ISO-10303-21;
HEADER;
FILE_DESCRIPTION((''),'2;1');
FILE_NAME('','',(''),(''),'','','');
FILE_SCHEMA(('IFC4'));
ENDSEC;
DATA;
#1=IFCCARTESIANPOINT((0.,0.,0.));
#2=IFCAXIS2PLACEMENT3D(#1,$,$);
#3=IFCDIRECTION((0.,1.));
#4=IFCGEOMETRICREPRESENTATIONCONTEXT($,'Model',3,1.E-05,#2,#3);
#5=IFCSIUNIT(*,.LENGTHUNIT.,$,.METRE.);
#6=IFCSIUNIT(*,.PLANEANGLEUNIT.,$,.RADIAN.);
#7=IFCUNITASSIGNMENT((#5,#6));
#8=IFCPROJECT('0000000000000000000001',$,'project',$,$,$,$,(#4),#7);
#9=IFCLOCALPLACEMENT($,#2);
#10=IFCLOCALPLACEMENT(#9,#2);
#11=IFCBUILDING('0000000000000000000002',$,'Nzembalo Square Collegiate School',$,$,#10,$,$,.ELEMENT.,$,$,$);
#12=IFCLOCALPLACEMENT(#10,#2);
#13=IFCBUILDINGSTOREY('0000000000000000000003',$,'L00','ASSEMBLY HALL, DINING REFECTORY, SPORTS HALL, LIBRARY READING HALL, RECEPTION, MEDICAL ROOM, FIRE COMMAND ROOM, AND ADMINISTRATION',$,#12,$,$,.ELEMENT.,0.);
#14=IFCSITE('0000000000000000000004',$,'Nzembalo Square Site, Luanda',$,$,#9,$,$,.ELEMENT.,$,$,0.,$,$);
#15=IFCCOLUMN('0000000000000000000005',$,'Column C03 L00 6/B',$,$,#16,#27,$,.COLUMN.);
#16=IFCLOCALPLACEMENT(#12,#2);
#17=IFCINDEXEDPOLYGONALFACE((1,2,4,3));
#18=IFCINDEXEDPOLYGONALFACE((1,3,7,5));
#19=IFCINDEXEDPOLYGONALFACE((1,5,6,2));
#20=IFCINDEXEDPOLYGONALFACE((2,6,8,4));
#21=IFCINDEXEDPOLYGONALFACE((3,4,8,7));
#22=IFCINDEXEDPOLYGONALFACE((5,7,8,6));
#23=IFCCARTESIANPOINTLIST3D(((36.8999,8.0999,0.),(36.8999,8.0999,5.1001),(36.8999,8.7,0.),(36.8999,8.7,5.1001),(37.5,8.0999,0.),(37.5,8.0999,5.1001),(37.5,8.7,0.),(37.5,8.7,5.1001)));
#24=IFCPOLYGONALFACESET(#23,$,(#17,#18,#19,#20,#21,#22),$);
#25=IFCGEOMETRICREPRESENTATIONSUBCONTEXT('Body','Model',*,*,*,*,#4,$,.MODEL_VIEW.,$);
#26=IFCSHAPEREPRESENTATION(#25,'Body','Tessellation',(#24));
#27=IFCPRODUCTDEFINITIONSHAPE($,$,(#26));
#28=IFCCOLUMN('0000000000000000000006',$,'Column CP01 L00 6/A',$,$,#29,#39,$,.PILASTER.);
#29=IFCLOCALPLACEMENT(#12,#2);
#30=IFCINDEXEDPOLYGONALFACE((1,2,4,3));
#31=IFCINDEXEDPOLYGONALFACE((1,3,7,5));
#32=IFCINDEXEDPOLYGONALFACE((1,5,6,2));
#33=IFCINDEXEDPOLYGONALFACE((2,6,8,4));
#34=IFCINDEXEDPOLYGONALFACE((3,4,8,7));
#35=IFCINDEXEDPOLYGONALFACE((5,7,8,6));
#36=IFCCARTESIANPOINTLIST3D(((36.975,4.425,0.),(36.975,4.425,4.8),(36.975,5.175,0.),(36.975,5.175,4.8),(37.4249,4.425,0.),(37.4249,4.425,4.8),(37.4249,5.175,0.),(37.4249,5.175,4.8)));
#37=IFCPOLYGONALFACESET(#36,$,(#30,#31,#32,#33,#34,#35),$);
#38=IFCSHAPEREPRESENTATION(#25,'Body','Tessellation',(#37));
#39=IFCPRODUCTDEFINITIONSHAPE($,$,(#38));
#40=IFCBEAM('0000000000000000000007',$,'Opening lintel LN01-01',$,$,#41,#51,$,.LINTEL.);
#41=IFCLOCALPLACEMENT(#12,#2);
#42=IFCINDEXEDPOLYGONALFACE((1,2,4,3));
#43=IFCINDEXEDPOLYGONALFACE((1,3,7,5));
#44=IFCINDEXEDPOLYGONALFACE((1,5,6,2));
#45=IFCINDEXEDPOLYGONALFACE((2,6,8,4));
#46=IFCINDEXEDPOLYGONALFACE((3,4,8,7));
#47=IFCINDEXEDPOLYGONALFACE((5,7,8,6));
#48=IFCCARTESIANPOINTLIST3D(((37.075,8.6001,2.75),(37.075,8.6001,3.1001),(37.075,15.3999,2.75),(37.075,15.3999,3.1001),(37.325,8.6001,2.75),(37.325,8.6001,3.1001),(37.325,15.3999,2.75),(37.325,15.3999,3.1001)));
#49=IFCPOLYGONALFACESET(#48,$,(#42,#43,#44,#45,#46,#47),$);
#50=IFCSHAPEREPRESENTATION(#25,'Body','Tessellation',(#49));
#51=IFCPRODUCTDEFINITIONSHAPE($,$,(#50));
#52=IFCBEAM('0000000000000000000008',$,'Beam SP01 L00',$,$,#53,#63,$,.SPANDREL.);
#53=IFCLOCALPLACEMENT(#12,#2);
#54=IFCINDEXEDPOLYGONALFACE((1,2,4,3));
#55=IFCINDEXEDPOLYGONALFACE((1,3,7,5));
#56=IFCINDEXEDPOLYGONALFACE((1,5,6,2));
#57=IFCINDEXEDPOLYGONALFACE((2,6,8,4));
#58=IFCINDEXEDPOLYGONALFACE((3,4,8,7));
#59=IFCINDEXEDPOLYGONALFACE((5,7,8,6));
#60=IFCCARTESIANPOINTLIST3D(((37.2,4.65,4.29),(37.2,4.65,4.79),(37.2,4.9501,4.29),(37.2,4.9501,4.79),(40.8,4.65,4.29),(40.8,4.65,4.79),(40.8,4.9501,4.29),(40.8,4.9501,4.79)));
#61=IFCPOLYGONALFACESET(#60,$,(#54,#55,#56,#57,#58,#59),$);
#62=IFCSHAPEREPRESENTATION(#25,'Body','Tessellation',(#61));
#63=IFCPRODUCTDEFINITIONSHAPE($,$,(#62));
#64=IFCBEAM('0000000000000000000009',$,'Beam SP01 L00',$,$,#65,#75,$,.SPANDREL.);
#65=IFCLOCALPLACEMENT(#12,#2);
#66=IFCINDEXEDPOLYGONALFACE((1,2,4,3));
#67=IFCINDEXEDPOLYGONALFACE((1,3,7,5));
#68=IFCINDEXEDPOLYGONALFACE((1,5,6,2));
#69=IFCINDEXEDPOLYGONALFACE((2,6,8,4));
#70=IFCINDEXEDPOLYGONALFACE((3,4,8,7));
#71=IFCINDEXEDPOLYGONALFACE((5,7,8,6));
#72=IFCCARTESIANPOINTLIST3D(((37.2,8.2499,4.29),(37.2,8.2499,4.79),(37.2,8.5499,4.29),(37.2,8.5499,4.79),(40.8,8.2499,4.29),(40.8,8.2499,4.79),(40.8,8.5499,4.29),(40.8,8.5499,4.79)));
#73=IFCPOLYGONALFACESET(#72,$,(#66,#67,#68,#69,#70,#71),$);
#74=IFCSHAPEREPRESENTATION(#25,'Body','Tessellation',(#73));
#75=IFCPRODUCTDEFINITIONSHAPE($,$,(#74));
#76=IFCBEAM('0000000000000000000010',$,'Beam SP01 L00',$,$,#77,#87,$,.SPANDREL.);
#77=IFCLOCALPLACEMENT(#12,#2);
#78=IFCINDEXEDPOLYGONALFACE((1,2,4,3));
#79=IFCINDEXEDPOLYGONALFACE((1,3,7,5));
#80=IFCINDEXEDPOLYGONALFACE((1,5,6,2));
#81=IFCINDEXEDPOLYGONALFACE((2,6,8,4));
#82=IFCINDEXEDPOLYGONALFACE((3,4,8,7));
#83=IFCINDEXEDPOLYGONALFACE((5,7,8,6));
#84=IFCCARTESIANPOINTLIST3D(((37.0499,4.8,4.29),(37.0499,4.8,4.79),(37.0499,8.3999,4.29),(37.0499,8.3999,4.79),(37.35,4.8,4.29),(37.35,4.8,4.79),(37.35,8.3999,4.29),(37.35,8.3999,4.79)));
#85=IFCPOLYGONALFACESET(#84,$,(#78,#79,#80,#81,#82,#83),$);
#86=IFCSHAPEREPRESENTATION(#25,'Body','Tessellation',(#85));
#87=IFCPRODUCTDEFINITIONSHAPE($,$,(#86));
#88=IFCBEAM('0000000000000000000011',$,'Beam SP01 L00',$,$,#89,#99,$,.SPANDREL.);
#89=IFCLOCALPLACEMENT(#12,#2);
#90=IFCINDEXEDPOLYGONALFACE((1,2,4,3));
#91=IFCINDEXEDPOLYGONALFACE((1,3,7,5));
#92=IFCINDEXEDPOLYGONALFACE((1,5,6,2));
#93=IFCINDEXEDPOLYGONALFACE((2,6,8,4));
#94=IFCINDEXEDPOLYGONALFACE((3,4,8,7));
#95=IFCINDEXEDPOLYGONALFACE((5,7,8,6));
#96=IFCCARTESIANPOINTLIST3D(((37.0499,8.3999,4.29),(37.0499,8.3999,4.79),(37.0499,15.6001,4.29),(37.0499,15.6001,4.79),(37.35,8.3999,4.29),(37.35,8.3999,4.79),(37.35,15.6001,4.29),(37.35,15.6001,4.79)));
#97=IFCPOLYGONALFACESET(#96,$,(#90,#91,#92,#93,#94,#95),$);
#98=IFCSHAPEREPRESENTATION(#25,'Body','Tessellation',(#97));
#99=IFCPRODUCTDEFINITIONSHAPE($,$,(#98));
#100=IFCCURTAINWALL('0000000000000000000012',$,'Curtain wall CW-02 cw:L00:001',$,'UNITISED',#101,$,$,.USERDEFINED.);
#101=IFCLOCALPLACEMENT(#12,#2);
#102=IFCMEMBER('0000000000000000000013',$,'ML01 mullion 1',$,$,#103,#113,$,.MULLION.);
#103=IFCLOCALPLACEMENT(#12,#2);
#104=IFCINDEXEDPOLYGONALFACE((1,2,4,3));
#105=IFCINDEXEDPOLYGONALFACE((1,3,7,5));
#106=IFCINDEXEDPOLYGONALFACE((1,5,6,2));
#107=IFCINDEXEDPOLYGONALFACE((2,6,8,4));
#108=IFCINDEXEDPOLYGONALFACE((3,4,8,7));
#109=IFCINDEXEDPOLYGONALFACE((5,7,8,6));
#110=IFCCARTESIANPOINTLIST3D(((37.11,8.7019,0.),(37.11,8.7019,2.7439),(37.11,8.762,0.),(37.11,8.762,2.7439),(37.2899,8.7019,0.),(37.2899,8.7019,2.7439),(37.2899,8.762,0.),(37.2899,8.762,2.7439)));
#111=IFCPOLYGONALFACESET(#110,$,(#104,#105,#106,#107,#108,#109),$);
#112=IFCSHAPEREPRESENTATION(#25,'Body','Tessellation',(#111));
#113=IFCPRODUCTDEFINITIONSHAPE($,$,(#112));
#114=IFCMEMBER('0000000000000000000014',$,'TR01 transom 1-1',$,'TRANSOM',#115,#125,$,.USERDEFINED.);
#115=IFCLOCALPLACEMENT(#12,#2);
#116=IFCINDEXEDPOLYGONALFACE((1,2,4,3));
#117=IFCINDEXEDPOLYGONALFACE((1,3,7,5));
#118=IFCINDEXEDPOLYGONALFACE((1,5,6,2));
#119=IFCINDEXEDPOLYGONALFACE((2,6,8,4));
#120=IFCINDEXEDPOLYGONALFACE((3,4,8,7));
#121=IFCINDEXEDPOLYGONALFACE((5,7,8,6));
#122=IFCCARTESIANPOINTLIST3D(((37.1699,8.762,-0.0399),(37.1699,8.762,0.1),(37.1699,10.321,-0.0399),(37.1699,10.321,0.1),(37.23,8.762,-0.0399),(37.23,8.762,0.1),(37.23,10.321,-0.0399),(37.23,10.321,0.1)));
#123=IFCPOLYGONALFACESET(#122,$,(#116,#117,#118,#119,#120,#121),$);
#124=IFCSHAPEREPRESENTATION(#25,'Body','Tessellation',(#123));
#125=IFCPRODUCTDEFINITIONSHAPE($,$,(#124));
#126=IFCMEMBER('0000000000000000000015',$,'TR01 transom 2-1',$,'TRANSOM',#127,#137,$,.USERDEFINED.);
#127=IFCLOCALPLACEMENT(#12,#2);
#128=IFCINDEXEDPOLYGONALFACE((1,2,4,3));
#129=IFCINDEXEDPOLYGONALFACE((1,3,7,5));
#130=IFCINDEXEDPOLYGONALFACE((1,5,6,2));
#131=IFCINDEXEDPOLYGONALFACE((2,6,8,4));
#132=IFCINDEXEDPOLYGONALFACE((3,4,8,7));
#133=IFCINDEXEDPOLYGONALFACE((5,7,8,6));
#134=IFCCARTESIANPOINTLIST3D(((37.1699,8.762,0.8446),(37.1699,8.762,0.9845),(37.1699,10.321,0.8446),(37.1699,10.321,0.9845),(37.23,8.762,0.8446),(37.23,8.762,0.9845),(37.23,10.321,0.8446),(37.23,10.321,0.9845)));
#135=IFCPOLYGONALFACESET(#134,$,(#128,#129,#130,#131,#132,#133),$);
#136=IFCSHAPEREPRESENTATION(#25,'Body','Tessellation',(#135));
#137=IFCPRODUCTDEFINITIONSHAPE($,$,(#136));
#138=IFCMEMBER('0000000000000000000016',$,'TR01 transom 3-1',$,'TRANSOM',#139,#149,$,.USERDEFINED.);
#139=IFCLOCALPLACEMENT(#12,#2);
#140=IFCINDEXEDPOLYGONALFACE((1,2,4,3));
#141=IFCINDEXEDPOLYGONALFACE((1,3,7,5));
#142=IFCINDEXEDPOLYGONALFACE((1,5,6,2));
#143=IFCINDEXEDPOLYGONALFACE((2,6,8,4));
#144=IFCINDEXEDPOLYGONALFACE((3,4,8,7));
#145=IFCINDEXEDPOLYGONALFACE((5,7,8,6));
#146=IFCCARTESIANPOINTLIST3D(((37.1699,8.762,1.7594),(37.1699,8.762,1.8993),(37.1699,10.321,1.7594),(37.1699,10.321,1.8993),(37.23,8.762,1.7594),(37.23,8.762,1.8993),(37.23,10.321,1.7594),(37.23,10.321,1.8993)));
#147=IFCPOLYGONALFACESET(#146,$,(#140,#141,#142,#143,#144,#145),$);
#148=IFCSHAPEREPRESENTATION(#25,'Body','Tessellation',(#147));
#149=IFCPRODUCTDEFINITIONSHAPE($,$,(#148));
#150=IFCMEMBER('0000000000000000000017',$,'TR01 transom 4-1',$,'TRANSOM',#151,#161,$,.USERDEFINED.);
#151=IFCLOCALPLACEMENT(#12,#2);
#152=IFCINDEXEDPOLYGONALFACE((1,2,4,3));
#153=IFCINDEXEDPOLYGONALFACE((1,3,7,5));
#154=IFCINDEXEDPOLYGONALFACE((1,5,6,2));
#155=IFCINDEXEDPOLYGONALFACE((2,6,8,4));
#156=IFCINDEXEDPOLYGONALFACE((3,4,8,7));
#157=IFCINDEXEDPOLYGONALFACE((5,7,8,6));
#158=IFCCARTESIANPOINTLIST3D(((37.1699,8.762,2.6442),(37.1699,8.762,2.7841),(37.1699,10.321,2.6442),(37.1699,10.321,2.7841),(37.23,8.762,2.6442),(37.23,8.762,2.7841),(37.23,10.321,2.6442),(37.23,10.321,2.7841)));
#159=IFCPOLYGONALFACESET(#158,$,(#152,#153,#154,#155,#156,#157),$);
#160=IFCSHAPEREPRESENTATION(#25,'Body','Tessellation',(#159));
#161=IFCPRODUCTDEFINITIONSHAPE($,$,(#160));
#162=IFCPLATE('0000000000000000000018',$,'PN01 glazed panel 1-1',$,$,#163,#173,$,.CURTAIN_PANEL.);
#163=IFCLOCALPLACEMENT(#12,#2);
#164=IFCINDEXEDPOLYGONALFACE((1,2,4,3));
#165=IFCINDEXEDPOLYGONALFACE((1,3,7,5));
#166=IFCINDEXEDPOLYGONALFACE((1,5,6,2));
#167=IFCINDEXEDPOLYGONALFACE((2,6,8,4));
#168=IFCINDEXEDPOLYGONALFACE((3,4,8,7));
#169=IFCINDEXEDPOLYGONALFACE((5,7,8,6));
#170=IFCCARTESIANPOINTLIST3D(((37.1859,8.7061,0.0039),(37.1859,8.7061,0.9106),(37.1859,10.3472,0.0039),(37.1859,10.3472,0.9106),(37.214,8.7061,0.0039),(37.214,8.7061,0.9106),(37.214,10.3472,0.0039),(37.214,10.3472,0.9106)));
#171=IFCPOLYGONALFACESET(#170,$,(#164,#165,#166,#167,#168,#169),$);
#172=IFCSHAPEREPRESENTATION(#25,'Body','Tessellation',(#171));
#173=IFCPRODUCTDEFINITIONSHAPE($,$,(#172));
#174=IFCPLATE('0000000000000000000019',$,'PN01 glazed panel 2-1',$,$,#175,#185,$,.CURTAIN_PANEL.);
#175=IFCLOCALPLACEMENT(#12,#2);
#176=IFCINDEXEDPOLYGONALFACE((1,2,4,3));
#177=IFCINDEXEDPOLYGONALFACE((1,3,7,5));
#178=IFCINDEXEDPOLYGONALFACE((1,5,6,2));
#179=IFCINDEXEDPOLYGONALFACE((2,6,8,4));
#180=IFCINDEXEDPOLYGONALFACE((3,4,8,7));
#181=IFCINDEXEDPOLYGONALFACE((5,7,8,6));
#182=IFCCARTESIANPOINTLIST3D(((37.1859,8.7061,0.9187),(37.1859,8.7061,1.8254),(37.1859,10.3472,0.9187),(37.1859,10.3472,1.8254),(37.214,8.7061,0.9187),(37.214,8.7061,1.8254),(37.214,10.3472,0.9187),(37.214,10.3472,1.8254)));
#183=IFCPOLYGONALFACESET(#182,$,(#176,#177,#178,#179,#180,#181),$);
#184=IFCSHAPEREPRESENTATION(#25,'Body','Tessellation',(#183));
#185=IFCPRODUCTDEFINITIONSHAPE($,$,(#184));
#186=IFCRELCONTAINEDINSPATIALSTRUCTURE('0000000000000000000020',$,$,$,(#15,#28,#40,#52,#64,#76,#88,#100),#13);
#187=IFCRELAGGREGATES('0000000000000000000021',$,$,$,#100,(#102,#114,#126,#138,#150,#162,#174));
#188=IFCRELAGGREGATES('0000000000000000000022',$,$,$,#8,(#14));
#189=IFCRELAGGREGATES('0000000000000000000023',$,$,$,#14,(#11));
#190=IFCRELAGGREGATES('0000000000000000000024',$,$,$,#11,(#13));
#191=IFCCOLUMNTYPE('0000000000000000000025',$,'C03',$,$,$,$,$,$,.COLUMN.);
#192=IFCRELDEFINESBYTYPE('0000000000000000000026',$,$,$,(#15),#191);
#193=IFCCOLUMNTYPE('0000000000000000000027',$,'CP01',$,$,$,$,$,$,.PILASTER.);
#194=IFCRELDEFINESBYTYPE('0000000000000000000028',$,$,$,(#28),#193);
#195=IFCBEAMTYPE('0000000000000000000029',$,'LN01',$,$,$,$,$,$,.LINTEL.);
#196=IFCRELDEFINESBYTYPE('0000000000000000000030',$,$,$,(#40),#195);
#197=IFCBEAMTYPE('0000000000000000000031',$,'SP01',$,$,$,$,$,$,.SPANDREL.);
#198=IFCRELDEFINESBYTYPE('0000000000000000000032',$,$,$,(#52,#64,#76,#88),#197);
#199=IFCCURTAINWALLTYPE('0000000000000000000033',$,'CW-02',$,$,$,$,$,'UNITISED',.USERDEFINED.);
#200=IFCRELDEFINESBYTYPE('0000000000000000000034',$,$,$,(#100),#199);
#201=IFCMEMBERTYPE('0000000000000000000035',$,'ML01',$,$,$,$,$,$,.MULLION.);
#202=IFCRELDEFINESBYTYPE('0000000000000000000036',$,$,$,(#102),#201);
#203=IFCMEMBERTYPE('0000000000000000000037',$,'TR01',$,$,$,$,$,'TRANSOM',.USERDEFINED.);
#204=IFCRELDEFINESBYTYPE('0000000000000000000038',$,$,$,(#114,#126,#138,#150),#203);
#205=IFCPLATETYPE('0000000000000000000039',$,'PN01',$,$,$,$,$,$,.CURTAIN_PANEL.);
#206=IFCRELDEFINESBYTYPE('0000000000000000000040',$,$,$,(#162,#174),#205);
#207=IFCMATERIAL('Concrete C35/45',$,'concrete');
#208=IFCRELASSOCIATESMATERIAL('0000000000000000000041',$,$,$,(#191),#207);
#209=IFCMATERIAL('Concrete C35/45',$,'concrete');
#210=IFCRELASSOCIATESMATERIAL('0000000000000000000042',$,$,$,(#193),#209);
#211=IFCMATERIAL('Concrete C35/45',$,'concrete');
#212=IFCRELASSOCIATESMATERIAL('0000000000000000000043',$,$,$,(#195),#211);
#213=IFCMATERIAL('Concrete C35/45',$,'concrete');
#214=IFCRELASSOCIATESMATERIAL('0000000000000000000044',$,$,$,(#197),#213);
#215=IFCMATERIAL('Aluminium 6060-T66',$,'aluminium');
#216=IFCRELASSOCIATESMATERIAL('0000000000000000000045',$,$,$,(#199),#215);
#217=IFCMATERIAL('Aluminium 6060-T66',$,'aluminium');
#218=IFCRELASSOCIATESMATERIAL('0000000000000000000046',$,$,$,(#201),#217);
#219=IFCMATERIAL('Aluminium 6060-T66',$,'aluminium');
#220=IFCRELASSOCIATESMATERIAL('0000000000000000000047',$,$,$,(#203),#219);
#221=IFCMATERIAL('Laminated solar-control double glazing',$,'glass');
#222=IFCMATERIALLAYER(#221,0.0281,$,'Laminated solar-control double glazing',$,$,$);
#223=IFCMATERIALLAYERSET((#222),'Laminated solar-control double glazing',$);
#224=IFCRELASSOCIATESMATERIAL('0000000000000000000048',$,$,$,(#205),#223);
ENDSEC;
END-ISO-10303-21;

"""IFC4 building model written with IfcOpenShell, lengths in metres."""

from ifc_helpers import new_model, si_unit, direction, frame, origin, origin_2d, place, context, subcontext, project, spatial, rectangle, extrude, material, layer, layer_set, material_profile, profile_set, type_object, element, aggregate, save


model = new_model("IFC4")

# Units and contexts
model_context = context("Model", 3, precision=1e-05, world=origin(), true_north=direction((0.0, 1.0)))
body_context = subcontext(model_context, "Body", "Model", "MODEL_VIEW")
ifc_project = project(units=[si_unit("LENGTHUNIT", "METRE"), si_unit("PLANEANGLEUNIT", "RADIAN")], contexts=[model_context])

# Site, building, storey
site_placement = place(None, origin())
site = spatial("IfcSite", under=ifc_project, at=site_placement, Name="Nzembalo Square Site, Luanda", CompositionType="ELEMENT", RefElevation=0.0)
building_placement = place(site_placement, origin())
building = spatial("IfcBuilding", under=site, at=building_placement, Name="Nzembalo Square Collegiate School", CompositionType="ELEMENT")
storey_placement = place(building_placement, origin())
storey = spatial("IfcBuildingStorey", under=building, at=storey_placement, Name="L00", Description="ASSEMBLY HALL, DINING REFECTORY, SPORTS HALL, LIBRARY READING HALL, RECEPTION, MEDICAL ROOM, FIRE COMMAND ROOM, AND ADMINISTRATION", CompositionType="ELEMENT", Elevation=0.0)

# Columns
ifc_material_1 = material(Name="Concrete C35/45", Category="concrete")
ifc_material_profile_1 = material_profile(ifc_material_1, rectangle(XDim=0.6001, YDim=0.6001, at=origin_2d()), Name="RC 600x600")
ifc_profile_set_1 = profile_set([ifc_material_profile_1], Name="Concrete C35/45")
column_type_1 = type_object("IfcColumnType", Name="C03", PredefinedType="COLUMN", material=ifc_profile_set_1)
column_1_placement = place(storey_placement, frame((37.2, 8.3999, 0.0), z_axis=(0.0, 0.0, 1.0), x_axis=(1.0, 0.0, 0.0)))
element("IfcColumn", 1, at=column_1_placement, inside=storey, type_object=column_type_1, Name="Column C03 L00 6/B", PredefinedType="COLUMN", context=body_context, shape_type="SweptSolid", body=[
    extrude(rectangle(XDim=0.6001, YDim=0.6001, at=origin_2d()), origin(), (0.0, 0.0, 1.0), 5.1001),
])
ifc_material_2 = material(Name="Concrete C35/45", Category="concrete")
ifc_material_profile_2 = material_profile(ifc_material_2, rectangle(XDim=0.45, YDim=0.75, at=origin_2d()), Name="RC 450x750")
ifc_profile_set_2 = profile_set([ifc_material_profile_2], Name="Concrete C35/45")
column_type_2 = type_object("IfcColumnType", Name="CP01", PredefinedType="PILASTER", material=ifc_profile_set_2)
column_2_placement = place(storey_placement, frame((37.2, 4.8, 0.0), z_axis=(0.0, 0.0, 1.0), x_axis=(1.0, 0.0, 0.0)))
element("IfcColumn", 2, at=column_2_placement, inside=storey, type_object=column_type_2, Name="Column CP01 L00 6/A", PredefinedType="PILASTER", context=body_context, shape_type="SweptSolid", body=[
    extrude(rectangle(XDim=0.45, YDim=0.75, at=origin_2d()), origin(), (0.0, 0.0, 1.0), 4.8),
])

# Beams
ifc_material_3 = material(Name="Concrete C35/45", Category="concrete")
ifc_material_profile_3 = material_profile(ifc_material_3, rectangle(XDim=0.25, YDim=0.3501, at=origin_2d()), Name="RC 250x350")
ifc_profile_set_3 = profile_set([ifc_material_profile_3], Name="Concrete C35/45")
beam_type_1 = type_object("IfcBeamType", Name="LN01", PredefinedType="LINTEL", material=ifc_profile_set_3)
beam_1_placement = place(storey_placement, frame((37.2, 8.6001, 2.925), z_axis=(0.0, 1.0, 0.0), x_axis=(-1.0, 0.0, 0.0)))
element("IfcBeam", 3, at=beam_1_placement, inside=storey, type_object=beam_type_1, Name="Opening lintel LN01-01", PredefinedType="LINTEL", context=body_context, shape_type="SweptSolid", body=[
    extrude(rectangle(XDim=0.25, YDim=0.3501, at=origin_2d()), origin(), (0.0, 0.0, 1.0), 6.7998),
])
ifc_material_4 = material(Name="Concrete C35/45", Category="concrete")
ifc_material_profile_4 = material_profile(ifc_material_4, rectangle(XDim=0.3, YDim=0.5, at=origin_2d()), Name="RC 300x500")
ifc_profile_set_4 = profile_set([ifc_material_profile_4], Name="Concrete C35/45")
beam_type_2 = type_object("IfcBeamType", Name="SP01", PredefinedType="SPANDREL", material=ifc_profile_set_4)
for number, where, z_axis, x_axis, name in (
    (4, (37.2, 4.8, 4.54), (1.0, 0.0, 0.0), (0.0, 1.0, 0.0), "Beam SP01 L00"),
    (5, (37.2, 8.3999, 4.54), (1.0, 0.0, 0.0), (0.0, 1.0, 0.0), "Beam SP01 L00"),
):
    element("IfcBeam", number, at=place(storey_placement, frame(where, z_axis=z_axis, x_axis=x_axis)), inside=storey, type_object=beam_type_2, Name=name, PredefinedType="SPANDREL", context=body_context, shape_type="SweptSolid", body=[
        extrude(rectangle(XDim=0.3, YDim=0.5, at=origin_2d()), origin(), (0.0, 0.0, 1.0), 3.6001),
    ])
beam_2_placement = place(storey_placement, frame((37.2, 4.8, 4.54), z_axis=(0.0, 1.0, 0.0), x_axis=(-1.0, 0.0, 0.0)))
element("IfcBeam", 6, at=beam_2_placement, inside=storey, type_object=beam_type_2, Name="Beam SP01 L00", PredefinedType="SPANDREL", context=body_context, shape_type="SweptSolid", body=[
    extrude(rectangle(XDim=0.3, YDim=0.5, at=origin_2d()), origin(), (0.0, 0.0, 1.0), 3.5999),
])
beam_3_placement = place(storey_placement, frame((37.2, 8.3999, 4.54), z_axis=(0.0, 1.0, 0.0), x_axis=(-1.0, 0.0, 0.0)))
element("IfcBeam", 7, at=beam_3_placement, inside=storey, type_object=beam_type_2, Name="Beam SP01 L00", PredefinedType="SPANDREL", context=body_context, shape_type="SweptSolid", body=[
    extrude(rectangle(XDim=0.3, YDim=0.5, at=origin_2d()), origin(), (0.0, 0.0, 1.0), 7.2002),
])

# Curtain wall, members, plates
ifc_material_5 = material(Name="Aluminium 6060-T66", Category="aluminium")
curtain_wall_type = type_object("IfcCurtainWallType", Name="CW-02", ElementType="UNITISED", PredefinedType="USERDEFINED", material=ifc_material_5)
curtain_wall_placement = place(storey_placement, origin())
curtain_wall = element("IfcCurtainWall", 8, at=curtain_wall_placement, inside=storey, type_object=curtain_wall_type, Name="Curtain wall CW-02 cw:L00:001", ObjectType="UNITISED", PredefinedType="USERDEFINED")
ifc_material_6 = material(Name="Aluminium 6060-T66", Category="aluminium")
ifc_material_profile_5 = material_profile(ifc_material_6, rectangle(XDim=0.0601, YDim=0.1799, at=origin_2d()), Name="ALU M60x180")
ifc_profile_set_5 = profile_set([ifc_material_profile_5], Name="Aluminium 6060-T66")
member_type_1 = type_object("IfcMemberType", Name="ML01", PredefinedType="MULLION", material=ifc_profile_set_5)
member_1_placement = place(storey_placement, frame((37.2, 8.7319, 0.0), z_axis=(0.0, 0.0, 1.0), x_axis=(0.0, 1.0, 0.0)))
member_1 = element("IfcMember", 9, at=member_1_placement, type_object=member_type_1, Name="ML01 mullion 1", PredefinedType="MULLION", context=body_context, shape_type="SweptSolid", body=[
    extrude(rectangle(XDim=0.0601, YDim=0.1799, at=origin_2d()), origin(), (0.0, 0.0, 1.0), 2.7439),
])
ifc_material_7 = material(Name="Aluminium 6060-T66", Category="aluminium")
ifc_material_profile_6 = material_profile(ifc_material_7, rectangle(XDim=0.0601, YDim=0.1399, at=origin_2d()), Name="ALU T60x140")
ifc_profile_set_6 = profile_set([ifc_material_profile_6], Name="Aluminium 6060-T66")
member_type_2 = type_object("IfcMemberType", Name="TR01", ElementType="TRANSOM", PredefinedType="USERDEFINED", material=ifc_profile_set_6)
member_2_placement = place(storey_placement, frame((37.2, 8.762, 0.03), z_axis=(0.0, 1.0, 0.0), x_axis=(-1.0, 0.0, 0.0)))
member_2 = element("IfcMember", 10, at=member_2_placement, type_object=member_type_2, Name="TR01 transom 1-1", ObjectType="TRANSOM", PredefinedType="USERDEFINED", context=body_context, shape_type="SweptSolid", body=[
    extrude(rectangle(XDim=0.0601, YDim=0.1399, at=origin_2d()), origin(), (0.0, 0.0, 1.0), 1.5591),
])
member_3_placement = place(storey_placement, frame((37.2, 8.762, 0.9146), z_axis=(0.0, 1.0, 0.0), x_axis=(-1.0, 0.0, 0.0)))
member_3 = element("IfcMember", 11, at=member_3_placement, type_object=member_type_2, Name="TR01 transom 2-1", ObjectType="TRANSOM", PredefinedType="USERDEFINED", context=body_context, shape_type="SweptSolid", body=[
    extrude(rectangle(XDim=0.0601, YDim=0.1399, at=origin_2d()), origin(), (0.0, 0.0, 1.0), 1.5591),
])
member_4_placement = place(storey_placement, frame((37.2, 8.762, 1.8293), z_axis=(0.0, 1.0, 0.0), x_axis=(-1.0, 0.0, 0.0)))
member_4 = element("IfcMember", 12, at=member_4_placement, type_object=member_type_2, Name="TR01 transom 3-1", ObjectType="TRANSOM", PredefinedType="USERDEFINED", context=body_context, shape_type="SweptSolid", body=[
    extrude(rectangle(XDim=0.0601, YDim=0.1399, at=origin_2d()), origin(), (0.0, 0.0, 1.0), 1.5591),
])
member_5_placement = place(storey_placement, frame((37.2, 8.762, 2.7141), z_axis=(0.0, 1.0, 0.0), x_axis=(-1.0, 0.0, 0.0)))
member_5 = element("IfcMember", 13, at=member_5_placement, type_object=member_type_2, Name="TR01 transom 4-1", ObjectType="TRANSOM", PredefinedType="USERDEFINED", context=body_context, shape_type="SweptSolid", body=[
    extrude(rectangle(XDim=0.0601, YDim=0.1399, at=origin_2d()), origin(), (0.0, 0.0, 1.0), 1.5591),
])
ifc_material_8 = material(Name="Laminated solar-control double glazing", Category="glass")
ifc_layer_1 = layer(ifc_material_8, 0.0281, Name="Laminated solar-control double glazing")
ifc_layer_set_1 = layer_set([ifc_layer_1], Name="Laminated solar-control double glazing")
plate_type = type_object("IfcPlateType", Name="PN01", PredefinedType="CURTAIN_PANEL", material=ifc_layer_set_1)
plate_1_placement = place(storey_placement, frame((37.2, 9.5266, 0.0039), z_axis=(0.0, 0.0, 1.0), x_axis=(0.0, 1.0, 0.0)))
plate_1 = element("IfcPlate", 14, at=plate_1_placement, type_object=plate_type, Name="PN01 glazed panel 1-1", PredefinedType="CURTAIN_PANEL", context=body_context, shape_type="SweptSolid", body=[
    extrude(rectangle(XDim=1.6411, YDim=0.0281, at=origin_2d()), origin(), (0.0, 0.0, 1.0), 0.9067),
])
plate_2_placement = place(storey_placement, frame((37.2, 9.5266, 0.9187), z_axis=(0.0, 0.0, 1.0), x_axis=(0.0, 1.0, 0.0)))
plate_2 = element("IfcPlate", 15, at=plate_2_placement, type_object=plate_type, Name="PN01 glazed panel 2-1", PredefinedType="CURTAIN_PANEL", context=body_context, shape_type="SweptSolid", body=[
    extrude(rectangle(XDim=1.6411, YDim=0.0281, at=origin_2d()), origin(), (0.0, 0.0, 1.0), 0.9067),
])
aggregate(curtain_wall, [member_1, member_2, member_3, member_4, member_5, plate_1, plate_2])

save(model, "model.ifc")
